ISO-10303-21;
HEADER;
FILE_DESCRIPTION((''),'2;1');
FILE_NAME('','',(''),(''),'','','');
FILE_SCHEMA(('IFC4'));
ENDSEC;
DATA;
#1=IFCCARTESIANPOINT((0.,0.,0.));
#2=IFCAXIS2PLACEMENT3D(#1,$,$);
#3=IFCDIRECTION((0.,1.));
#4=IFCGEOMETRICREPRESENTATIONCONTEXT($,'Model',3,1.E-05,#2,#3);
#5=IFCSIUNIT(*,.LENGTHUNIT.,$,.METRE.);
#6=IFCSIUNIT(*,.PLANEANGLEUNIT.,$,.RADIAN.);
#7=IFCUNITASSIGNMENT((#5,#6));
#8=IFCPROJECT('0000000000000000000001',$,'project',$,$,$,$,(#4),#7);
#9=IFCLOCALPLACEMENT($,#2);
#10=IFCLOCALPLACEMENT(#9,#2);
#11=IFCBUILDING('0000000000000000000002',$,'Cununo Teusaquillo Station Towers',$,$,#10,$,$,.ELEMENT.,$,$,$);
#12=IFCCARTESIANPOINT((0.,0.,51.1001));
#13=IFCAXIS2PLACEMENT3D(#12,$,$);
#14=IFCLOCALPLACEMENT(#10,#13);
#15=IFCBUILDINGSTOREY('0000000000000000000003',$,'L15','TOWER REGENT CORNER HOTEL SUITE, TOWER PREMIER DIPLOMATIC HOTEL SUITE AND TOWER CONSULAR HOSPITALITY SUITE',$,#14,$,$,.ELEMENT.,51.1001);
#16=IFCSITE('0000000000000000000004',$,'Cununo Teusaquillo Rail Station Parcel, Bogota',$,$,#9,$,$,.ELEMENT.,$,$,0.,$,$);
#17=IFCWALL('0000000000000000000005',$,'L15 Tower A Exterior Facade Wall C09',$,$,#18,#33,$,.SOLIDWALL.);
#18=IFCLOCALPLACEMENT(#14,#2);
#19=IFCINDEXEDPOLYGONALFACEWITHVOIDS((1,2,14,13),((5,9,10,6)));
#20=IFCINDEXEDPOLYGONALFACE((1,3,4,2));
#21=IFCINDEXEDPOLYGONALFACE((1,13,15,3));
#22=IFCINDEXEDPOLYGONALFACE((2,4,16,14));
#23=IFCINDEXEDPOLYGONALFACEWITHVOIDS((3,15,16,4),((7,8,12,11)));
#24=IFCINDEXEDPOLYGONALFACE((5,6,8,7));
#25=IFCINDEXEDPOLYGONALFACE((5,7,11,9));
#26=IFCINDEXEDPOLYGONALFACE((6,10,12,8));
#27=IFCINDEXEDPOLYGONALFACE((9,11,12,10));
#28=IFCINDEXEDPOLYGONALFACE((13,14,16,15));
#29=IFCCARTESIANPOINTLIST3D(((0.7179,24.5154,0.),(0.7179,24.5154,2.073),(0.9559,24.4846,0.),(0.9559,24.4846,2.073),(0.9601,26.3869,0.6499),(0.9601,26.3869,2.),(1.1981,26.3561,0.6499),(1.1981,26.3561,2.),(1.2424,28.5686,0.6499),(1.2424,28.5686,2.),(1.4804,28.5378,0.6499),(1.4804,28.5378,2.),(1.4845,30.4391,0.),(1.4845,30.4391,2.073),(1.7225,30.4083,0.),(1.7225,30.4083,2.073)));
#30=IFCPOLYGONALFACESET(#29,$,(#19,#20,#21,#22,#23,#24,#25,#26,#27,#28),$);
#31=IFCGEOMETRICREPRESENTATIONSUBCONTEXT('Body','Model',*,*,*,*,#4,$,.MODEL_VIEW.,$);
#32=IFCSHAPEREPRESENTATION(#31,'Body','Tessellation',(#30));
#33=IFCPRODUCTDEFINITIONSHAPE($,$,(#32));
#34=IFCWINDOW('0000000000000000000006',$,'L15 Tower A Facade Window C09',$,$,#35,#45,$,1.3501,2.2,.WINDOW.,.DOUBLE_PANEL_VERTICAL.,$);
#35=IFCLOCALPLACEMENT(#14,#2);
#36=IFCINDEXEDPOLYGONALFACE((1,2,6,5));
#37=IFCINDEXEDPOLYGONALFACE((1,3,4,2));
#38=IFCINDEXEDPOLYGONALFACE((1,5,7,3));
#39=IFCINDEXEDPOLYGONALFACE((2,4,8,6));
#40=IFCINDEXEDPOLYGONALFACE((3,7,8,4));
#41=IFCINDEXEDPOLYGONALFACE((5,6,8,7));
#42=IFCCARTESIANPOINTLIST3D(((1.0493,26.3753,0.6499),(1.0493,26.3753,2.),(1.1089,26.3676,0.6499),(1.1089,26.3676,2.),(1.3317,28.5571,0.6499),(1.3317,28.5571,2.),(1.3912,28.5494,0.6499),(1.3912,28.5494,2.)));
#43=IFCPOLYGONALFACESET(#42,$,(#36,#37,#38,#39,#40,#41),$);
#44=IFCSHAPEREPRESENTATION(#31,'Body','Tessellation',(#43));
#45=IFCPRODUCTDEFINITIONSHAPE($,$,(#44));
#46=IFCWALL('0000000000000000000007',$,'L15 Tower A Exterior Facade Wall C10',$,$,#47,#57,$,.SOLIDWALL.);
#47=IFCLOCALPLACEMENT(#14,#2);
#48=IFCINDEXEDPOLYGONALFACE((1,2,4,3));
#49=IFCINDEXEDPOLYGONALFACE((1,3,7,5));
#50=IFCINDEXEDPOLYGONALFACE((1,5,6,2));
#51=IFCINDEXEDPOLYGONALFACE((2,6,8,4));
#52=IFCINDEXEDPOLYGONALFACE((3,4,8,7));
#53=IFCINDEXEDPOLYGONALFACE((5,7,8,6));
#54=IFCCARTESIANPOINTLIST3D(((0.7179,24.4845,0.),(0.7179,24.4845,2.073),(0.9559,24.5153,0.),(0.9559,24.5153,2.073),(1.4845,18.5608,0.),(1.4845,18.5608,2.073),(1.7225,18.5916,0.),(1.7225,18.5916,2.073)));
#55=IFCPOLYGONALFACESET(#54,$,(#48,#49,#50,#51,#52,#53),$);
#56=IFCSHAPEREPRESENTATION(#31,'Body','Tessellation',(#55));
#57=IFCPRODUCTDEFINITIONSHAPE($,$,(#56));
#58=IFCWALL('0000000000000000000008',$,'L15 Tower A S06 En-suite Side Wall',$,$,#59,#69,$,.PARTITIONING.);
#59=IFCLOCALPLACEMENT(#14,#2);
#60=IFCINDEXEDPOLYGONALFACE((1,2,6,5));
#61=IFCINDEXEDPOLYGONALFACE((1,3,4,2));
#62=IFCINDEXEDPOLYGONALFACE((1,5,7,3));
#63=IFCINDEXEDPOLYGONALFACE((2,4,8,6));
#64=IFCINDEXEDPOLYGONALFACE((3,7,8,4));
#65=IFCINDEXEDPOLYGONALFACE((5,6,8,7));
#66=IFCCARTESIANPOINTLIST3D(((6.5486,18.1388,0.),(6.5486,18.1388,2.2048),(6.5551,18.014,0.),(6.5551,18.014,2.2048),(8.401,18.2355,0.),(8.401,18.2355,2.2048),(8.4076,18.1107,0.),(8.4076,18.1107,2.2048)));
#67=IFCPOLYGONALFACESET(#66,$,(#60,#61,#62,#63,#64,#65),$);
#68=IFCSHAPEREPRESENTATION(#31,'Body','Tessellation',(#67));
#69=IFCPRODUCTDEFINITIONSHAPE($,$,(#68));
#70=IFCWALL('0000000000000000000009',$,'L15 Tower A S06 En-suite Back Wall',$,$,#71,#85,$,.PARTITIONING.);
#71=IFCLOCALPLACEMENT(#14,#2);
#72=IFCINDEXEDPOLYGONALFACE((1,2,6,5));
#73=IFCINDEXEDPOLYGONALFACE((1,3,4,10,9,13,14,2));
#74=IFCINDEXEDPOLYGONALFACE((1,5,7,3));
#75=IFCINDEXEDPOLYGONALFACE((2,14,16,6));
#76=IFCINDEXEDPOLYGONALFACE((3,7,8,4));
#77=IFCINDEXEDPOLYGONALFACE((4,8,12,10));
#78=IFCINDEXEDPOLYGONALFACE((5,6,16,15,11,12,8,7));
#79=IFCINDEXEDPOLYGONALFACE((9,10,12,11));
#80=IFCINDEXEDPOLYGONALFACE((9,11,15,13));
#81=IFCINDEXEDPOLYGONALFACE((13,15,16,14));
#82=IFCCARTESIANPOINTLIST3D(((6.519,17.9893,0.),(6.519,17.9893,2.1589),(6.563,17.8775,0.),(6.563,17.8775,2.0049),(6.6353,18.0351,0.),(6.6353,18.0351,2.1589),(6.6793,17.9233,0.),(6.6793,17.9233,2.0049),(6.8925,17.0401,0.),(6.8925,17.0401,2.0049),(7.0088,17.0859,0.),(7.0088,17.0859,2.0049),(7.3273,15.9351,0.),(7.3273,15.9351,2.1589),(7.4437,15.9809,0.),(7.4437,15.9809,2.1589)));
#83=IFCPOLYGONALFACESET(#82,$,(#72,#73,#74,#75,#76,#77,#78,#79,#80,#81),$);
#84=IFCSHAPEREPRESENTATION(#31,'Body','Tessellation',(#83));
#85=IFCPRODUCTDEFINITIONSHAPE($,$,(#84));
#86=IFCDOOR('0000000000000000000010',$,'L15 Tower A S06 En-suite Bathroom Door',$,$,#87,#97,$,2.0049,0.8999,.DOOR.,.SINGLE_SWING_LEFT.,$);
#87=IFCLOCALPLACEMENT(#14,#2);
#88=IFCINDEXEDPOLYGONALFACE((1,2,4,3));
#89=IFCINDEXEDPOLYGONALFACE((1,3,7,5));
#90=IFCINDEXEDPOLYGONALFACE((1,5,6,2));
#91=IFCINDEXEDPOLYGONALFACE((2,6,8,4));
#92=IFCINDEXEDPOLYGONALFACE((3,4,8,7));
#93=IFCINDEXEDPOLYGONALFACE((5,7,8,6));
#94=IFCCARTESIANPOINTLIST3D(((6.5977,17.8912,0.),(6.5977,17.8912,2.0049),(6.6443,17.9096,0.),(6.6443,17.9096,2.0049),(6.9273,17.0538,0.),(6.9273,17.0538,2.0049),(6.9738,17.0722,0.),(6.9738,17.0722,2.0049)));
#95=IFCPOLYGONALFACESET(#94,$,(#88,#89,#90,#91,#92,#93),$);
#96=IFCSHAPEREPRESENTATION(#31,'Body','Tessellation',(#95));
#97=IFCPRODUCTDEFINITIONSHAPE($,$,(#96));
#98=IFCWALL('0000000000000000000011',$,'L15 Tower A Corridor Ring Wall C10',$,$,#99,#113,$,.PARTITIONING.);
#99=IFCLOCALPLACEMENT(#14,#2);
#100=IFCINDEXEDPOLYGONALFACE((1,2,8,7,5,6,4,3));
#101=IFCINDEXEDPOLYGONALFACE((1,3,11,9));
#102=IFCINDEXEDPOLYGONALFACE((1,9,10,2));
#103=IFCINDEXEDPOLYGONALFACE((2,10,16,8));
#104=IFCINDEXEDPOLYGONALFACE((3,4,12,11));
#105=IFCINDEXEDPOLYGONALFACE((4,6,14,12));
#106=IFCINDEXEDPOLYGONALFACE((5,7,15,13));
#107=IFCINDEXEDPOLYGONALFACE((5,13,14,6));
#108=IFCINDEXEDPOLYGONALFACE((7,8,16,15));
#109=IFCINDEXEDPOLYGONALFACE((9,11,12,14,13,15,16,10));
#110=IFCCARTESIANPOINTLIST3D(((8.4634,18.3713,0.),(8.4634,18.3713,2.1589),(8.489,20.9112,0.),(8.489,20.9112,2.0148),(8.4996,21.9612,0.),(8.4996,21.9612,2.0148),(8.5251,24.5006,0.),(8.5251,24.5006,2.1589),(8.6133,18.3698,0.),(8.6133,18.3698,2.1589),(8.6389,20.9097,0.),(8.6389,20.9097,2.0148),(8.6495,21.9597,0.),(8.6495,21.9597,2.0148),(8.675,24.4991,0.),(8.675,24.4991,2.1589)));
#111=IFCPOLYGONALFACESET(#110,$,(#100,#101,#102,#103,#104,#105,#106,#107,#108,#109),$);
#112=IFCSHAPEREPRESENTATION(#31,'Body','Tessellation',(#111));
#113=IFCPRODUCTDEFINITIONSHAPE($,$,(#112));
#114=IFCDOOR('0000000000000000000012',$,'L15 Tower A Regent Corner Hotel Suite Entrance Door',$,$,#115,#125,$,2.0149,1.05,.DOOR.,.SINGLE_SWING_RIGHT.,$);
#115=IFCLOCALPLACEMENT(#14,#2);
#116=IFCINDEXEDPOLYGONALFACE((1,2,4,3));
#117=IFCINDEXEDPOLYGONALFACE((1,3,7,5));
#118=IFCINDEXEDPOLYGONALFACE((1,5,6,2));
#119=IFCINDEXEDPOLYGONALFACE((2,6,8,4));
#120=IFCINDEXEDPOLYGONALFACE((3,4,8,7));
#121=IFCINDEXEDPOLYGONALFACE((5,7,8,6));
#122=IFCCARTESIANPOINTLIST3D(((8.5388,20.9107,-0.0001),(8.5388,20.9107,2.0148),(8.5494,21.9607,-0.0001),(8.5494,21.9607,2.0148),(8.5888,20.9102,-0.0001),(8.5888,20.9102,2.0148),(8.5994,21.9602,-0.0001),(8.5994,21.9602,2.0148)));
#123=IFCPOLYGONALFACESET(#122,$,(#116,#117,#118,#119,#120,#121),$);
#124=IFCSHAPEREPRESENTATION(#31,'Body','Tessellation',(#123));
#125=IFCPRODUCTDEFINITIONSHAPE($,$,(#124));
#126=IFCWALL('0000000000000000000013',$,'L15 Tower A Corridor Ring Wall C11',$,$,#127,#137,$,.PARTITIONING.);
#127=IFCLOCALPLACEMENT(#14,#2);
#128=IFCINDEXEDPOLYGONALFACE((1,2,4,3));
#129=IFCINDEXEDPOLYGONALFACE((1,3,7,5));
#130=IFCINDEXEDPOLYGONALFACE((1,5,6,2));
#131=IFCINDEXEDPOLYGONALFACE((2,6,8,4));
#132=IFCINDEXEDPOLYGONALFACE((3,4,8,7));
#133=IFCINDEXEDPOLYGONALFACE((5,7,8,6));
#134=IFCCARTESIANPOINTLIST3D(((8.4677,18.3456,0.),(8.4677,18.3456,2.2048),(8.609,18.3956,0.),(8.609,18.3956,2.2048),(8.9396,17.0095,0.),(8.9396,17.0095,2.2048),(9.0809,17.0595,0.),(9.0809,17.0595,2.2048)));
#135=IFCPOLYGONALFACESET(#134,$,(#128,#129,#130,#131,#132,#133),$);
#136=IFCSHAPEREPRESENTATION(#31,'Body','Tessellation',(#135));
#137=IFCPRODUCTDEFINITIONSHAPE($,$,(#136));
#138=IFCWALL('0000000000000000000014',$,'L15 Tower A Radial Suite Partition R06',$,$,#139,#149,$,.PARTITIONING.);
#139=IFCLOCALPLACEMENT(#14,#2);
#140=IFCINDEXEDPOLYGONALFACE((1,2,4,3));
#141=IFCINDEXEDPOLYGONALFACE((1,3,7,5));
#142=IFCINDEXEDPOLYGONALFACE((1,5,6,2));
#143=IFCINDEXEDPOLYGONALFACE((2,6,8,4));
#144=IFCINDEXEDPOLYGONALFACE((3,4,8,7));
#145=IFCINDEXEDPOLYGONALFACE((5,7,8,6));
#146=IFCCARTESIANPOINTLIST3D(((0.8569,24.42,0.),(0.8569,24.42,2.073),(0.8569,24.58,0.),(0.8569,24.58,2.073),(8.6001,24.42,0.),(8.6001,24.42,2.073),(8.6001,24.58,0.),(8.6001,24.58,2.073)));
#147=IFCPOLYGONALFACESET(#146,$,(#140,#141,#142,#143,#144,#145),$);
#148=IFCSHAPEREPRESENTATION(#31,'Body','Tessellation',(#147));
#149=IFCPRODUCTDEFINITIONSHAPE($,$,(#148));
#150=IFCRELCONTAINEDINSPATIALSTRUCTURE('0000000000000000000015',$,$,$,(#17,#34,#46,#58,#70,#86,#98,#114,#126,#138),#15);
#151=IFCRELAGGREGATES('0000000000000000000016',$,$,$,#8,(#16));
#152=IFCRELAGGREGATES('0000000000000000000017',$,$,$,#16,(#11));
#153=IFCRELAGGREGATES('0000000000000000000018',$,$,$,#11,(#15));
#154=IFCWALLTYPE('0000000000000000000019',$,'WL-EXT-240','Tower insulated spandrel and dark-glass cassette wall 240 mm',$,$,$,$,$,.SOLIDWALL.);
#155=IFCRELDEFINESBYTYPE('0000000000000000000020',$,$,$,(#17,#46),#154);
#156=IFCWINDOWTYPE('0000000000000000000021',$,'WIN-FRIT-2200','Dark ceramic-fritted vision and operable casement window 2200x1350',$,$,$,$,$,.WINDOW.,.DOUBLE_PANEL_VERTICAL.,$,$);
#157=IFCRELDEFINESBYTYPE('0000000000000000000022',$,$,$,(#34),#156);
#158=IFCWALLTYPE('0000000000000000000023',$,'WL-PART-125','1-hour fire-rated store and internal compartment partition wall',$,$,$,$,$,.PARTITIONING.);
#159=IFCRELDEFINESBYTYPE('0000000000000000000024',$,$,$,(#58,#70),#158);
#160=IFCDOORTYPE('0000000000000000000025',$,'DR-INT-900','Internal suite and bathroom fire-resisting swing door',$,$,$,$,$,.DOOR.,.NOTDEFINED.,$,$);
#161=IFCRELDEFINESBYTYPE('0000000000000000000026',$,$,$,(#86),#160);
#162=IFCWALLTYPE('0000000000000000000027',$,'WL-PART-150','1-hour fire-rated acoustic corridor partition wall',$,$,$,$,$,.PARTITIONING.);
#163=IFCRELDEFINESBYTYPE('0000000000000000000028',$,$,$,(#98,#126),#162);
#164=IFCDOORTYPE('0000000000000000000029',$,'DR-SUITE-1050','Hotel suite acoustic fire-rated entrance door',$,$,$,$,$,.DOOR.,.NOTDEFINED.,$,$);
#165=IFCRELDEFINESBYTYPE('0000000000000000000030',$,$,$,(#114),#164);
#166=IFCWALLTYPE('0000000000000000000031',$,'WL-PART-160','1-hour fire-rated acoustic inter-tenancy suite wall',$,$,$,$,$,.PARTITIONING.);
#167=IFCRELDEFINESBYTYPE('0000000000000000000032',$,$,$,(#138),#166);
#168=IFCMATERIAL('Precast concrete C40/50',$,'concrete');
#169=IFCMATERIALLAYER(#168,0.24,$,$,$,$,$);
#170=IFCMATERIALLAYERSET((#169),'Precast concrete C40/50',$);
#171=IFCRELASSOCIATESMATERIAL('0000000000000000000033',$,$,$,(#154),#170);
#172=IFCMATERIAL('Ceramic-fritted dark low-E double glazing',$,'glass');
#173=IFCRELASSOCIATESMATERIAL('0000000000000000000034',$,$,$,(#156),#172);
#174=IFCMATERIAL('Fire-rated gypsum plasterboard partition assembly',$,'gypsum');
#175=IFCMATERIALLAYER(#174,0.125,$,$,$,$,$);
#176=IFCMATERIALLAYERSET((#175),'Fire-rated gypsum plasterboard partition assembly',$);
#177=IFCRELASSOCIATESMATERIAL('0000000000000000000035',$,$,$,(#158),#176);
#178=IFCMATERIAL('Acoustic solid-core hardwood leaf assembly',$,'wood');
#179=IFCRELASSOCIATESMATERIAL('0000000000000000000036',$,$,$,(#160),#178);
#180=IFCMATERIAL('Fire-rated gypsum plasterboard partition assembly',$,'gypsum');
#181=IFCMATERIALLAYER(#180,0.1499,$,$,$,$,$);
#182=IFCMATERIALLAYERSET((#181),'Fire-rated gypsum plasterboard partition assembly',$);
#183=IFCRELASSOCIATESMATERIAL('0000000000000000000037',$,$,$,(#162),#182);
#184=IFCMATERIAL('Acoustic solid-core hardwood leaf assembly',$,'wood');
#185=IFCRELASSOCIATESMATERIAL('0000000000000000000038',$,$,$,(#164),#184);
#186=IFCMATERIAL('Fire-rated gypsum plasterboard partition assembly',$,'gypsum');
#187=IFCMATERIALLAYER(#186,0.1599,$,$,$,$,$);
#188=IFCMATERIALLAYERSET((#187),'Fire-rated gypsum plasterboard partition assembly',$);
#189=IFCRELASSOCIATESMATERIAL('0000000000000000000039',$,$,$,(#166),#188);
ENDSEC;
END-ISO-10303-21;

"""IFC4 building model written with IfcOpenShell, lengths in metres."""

from ifc_helpers import new_model, si_unit, direction, frame, frame_2d, origin, place, context, subcontext, project, spatial, rectangle, extrude, source, transform, mapped, material, layer, layer_set, type_object, element, fill, save


model = new_model("IFC4")

# Units and contexts
model_context = context("Model", 3, precision=1e-05, world=origin(), true_north=direction((0.0, 1.0)))
body_context = subcontext(model_context, "Body", "Model", "MODEL_VIEW")
ifc_project = project(units=[si_unit("LENGTHUNIT", "METRE"), si_unit("PLANEANGLEUNIT", "RADIAN")], contexts=[model_context])

# Site, building, storey
site_placement = place(None, origin())
site = spatial("IfcSite", under=ifc_project, at=site_placement, Name="Cununo Teusaquillo Rail Station Parcel, Bogota", CompositionType="ELEMENT", RefElevation=0.0)
building_placement = place(site_placement, origin())
building = spatial("IfcBuilding", under=site, at=building_placement, Name="Cununo Teusaquillo Station Towers", CompositionType="ELEMENT")
storey_placement = place(building_placement, frame((0.0, 0.0, 51.1001)))
storey = spatial("IfcBuildingStorey", under=building, at=storey_placement, Name="L15", Description="TOWER REGENT CORNER HOTEL SUITE, TOWER PREMIER DIPLOMATIC HOTEL SUITE AND TOWER CONSULAR HOSPITALITY SUITE", CompositionType="ELEMENT", Elevation=51.1001)

# Wall, opening, window
ifc_material_1 = material(Name="Precast concrete C40/50", Category="concrete")
ifc_layer_1 = layer(ifc_material_1, 0.24)
ifc_layer_set_1 = layer_set([ifc_layer_1], Name="Precast concrete C40/50")
wall_type_1 = type_object("IfcWallType", Name="WL-EXT-240", Description="Tower insulated spandrel and dark-glass cassette wall 240 mm", PredefinedType="SOLIDWALL", material=ifc_layer_set_1)
wall_1_placement = place(storey_placement, frame((0.8369, 24.5, 0.0), z_axis=(0.0, 0.0, 1.0), x_axis=(0.12834, 0.99173, 0.0)))
wall_1 = element("IfcWall", 1, at=wall_1_placement, inside=storey, type_object=wall_type_1, Name="L15 Tower A Exterior Facade Wall C09", PredefinedType="SOLIDWALL", context=body_context, shape_type="SweptSolid", body=[
    extrude(rectangle(XDim=5.9731, YDim=0.24, at=frame_2d((2.9866, 0.0))), origin(), (0.0, 0.0, 1.0), 2.073),
])
shared_shape_1 = source(origin(), body_context, "Body", "SweptSolid", [
    extrude(rectangle(XDim=2.2, YDim=1.3501, at=frame_2d((1.1001, 0.675))), frame((0.0, 0.1299, 0.0), z_axis=(0.0, -1.0, 0.0), x_axis=(1.0, 0.0, 0.0)), (0.0, 0.0, 1.0), 0.26),
])
opening_1_placement = place(wall_1_placement, frame((1.887, 0.0, 0.6499)))
opening_1 = element("IfcOpeningElement", 2, at=opening_1_placement, cuts=wall_1, PredefinedType="OPENING", context=body_context, shape_type="MappedRepresentation", body=[
    mapped(shared_shape_1, transform((0.0, 0.0, 0.0), x_axis=(1.0, 0.0, 0.0), y_axis=(0.0, 1.0, 0.0), z_axis=(0.0, 0.0, 1.0), scale=1.0)),
])
ifc_material_2 = material(Name="Ceramic-fritted dark low-E double glazing", Category="glass")
window_type = type_object("IfcWindowType", Name="WIN-FRIT-2200", Description="Dark ceramic-fritted vision and operable casement window 2200x1350", PartitioningType="DOUBLE_PANEL_VERTICAL", PredefinedType="WINDOW", material=ifc_material_2)
shared_shape_2 = source(origin(), body_context, "Body", "SweptSolid", [
    extrude(rectangle(XDim=2.2, YDim=1.3501, at=frame_2d((1.1001, 0.675))), frame((0.0, 0.03, 0.0), z_axis=(0.0, -1.0, 0.0), x_axis=(1.0, 0.0, 0.0)), (0.0, 0.0, 1.0), 0.0601),
])
window_placement = place(opening_1_placement, origin())
window = element("IfcWindow", 3, at=window_placement, inside=storey, type_object=window_type, Name="L15 Tower A Facade Window C09", OverallHeight=1.3501, OverallWidth=2.2, PartitioningType="DOUBLE_PANEL_VERTICAL", PredefinedType="WINDOW", context=body_context, shape_type="MappedRepresentation", body=[
    mapped(shared_shape_2, transform((0.0, 0.0, 0.0), x_axis=(1.0, 0.0, 0.0), y_axis=(0.0, 1.0, 0.0), z_axis=(0.0, 0.0, 1.0), scale=1.0)),
])
fill(opening_1, window)

# Walls
wall_2_placement = place(storey_placement, frame((1.6035, 18.5762, 0.0), z_axis=(0.0, 0.0, 1.0), x_axis=(-0.12834, 0.99173, 0.0)))
element("IfcWall", 4, at=wall_2_placement, inside=storey, type_object=wall_type_1, Name="L15 Tower A Exterior Facade Wall C10", PredefinedType="SOLIDWALL", context=body_context, shape_type="SweptSolid", body=[
    extrude(rectangle(XDim=5.9731, YDim=0.24, at=frame_2d((2.9866, 0.0))), origin(), (0.0, 0.0, 1.0), 2.073),
])
ifc_material_3 = material(Name="Fire-rated gypsum plasterboard partition assembly", Category="gypsum")
ifc_layer_2 = layer(ifc_material_3, 0.125)
ifc_layer_set_2 = layer_set([ifc_layer_2], Name="Fire-rated gypsum plasterboard partition assembly")
wall_type_2 = type_object("IfcWallType", Name="WL-PART-125", Description="1-hour fire-rated store and internal compartment partition wall", PredefinedType="PARTITIONING", material=ifc_layer_set_2)
wall_3_placement = place(storey_placement, frame((8.4043, 18.1731, 0.0), z_axis=(0.0, 0.0, 1.0), x_axis=(-0.998641, -0.052117, 0.0)))
element("IfcWall", 5, at=wall_3_placement, inside=storey, type_object=wall_type_2, Name="L15 Tower A S06 En-suite Side Wall", PredefinedType="PARTITIONING", context=body_context, shape_type="SweptSolid", body=[
    extrude(rectangle(XDim=1.855, YDim=0.125, at=frame_2d((0.9275, 0.0))), origin(), (0.0, 0.0, 1.0), 2.2048),
])

# Walls, openings, doors
wall_4_placement = place(storey_placement, frame((6.5771, 18.0122, 0.0), z_axis=(0.0, 0.0, 1.0), x_axis=(0.366179, -0.930544, 0.0)))
wall_4 = element("IfcWall", 6, at=wall_4_placement, inside=storey, type_object=wall_type_2, Name="L15 Tower A S06 En-suite Back Wall", PredefinedType="PARTITIONING", context=body_context, shape_type="SweptSolid", body=[
    extrude(rectangle(XDim=2.2075, YDim=0.125, at=frame_2d((1.1038, 0.0))), origin(), (0.0, 0.0, 1.0), 2.1589),
])
shared_shape_3 = source(origin(), body_context, "Body", "SweptSolid", [
    extrude(rectangle(XDim=0.8999, YDim=2.0049, at=frame_2d((0.45, 1.0024))), frame((0.0, 0.0725, 0.0), z_axis=(0.0, -1.0, 0.0), x_axis=(1.0, 0.0, 0.0)), (0.0, 0.0, 1.0), 0.145),
])
opening_2_placement = place(wall_4_placement, frame((0.1201, 0.0, 0.0)))
opening_2 = element("IfcOpeningElement", 7, at=opening_2_placement, cuts=wall_4, PredefinedType="OPENING", context=body_context, shape_type="MappedRepresentation", body=[
    mapped(shared_shape_3, transform((0.0, 0.0, 0.0), x_axis=(1.0, 0.0, 0.0), y_axis=(0.0, 1.0, 0.0), z_axis=(0.0, 0.0, 1.0), scale=1.0)),
])
ifc_material_4 = material(Name="Acoustic solid-core hardwood leaf assembly", Category="wood")
door_type_1 = type_object("IfcDoorType", Name="DR-INT-900", Description="Internal suite and bathroom fire-resisting swing door", OperationType="NOTDEFINED", PredefinedType="DOOR", material=ifc_material_4)
shared_shape_4 = source(origin(), body_context, "Body", "SweptSolid", [
    extrude(rectangle(XDim=0.8999, YDim=2.0049, at=frame_2d((0.45, 1.0024))), frame((0.0, 0.0249, 0.0), z_axis=(0.0, -1.0, 0.0), x_axis=(1.0, 0.0, 0.0)), (0.0, 0.0, 1.0), 0.05),
])
door_1_placement = place(opening_2_placement, origin())
door_1 = element("IfcDoor", 8, at=door_1_placement, inside=storey, type_object=door_type_1, Name="L15 Tower A S06 En-suite Bathroom Door", OperationType="SINGLE_SWING_LEFT", OverallHeight=2.0049, OverallWidth=0.8999, PredefinedType="DOOR", context=body_context, shape_type="MappedRepresentation", body=[
    mapped(shared_shape_4, transform((0.0, 0.0, 0.0), x_axis=(1.0, 0.0, 0.0), y_axis=(0.0, 1.0, 0.0), z_axis=(0.0, 0.0, 1.0), scale=1.0)),
])
fill(opening_2, door_1)
ifc_material_5 = material(Name="Fire-rated gypsum plasterboard partition assembly", Category="gypsum")
ifc_layer_3 = layer(ifc_material_5, 0.1499)
ifc_layer_set_3 = layer_set([ifc_layer_3], Name="Fire-rated gypsum plasterboard partition assembly")
wall_type_3 = type_object("IfcWallType", Name="WL-PART-150", Description="1-hour fire-rated acoustic corridor partition wall", PredefinedType="PARTITIONING", material=ifc_layer_set_3)
wall_5_placement = place(storey_placement, frame((8.6001, 24.5, 0.0), z_axis=(0.0, 0.0, 1.0), x_axis=(-0.010077, -0.999949, 0.0)))
wall_5 = element("IfcWall", 9, at=wall_5_placement, inside=storey, type_object=wall_type_3, Name="L15 Tower A Corridor Ring Wall C10", PredefinedType="PARTITIONING", context=body_context, shape_type="SweptSolid", body=[
    extrude(rectangle(XDim=6.1296, YDim=0.1499, at=frame_2d((3.0649, 0.0))), origin(), (0.0, 0.0, 1.0), 2.1589),
])
shared_shape_5 = source(origin(), body_context, "Body", "SweptSolid", [
    extrude(rectangle(XDim=1.05, YDim=2.0149, at=frame_2d((0.5249, 1.0073))), frame((0.0, 0.085, 0.0), z_axis=(0.0, -1.0, 0.0), x_axis=(1.0, 0.0, 0.0)), (0.0, 0.0, 1.0), 0.1699),
])
opening_3_placement = place(wall_5_placement, frame((2.5398, 0.0, 0.0)))
opening_3 = element("IfcOpeningElement", 10, at=opening_3_placement, cuts=wall_5, PredefinedType="OPENING", context=body_context, shape_type="MappedRepresentation", body=[
    mapped(shared_shape_5, transform((0.0, 0.0, 0.0), x_axis=(1.0, 0.0, 0.0), y_axis=(0.0, 1.0, 0.0), z_axis=(0.0, 0.0, 1.0), scale=1.0)),
])
ifc_material_6 = material(Name="Acoustic solid-core hardwood leaf assembly", Category="wood")
door_type_2 = type_object("IfcDoorType", Name="DR-SUITE-1050", Description="Hotel suite acoustic fire-rated entrance door", OperationType="NOTDEFINED", PredefinedType="DOOR", material=ifc_material_6)
shared_shape_6 = source(origin(), body_context, "Body", "SweptSolid", [
    extrude(rectangle(XDim=1.05, YDim=2.0149, at=frame_2d((0.5249, 1.0073))), frame((0.0, 0.0249, 0.0), z_axis=(0.0, -1.0, 0.0), x_axis=(1.0, 0.0, 0.0)), (0.0, 0.0, 1.0), 0.05),
])
door_2_placement = place(opening_3_placement, origin())
door_2 = element("IfcDoor", 11, at=door_2_placement, inside=storey, type_object=door_type_2, Name="L15 Tower A Regent Corner Hotel Suite Entrance Door", OperationType="SINGLE_SWING_RIGHT", OverallHeight=2.0149, OverallWidth=1.05, PredefinedType="DOOR", context=body_context, shape_type="MappedRepresentation", body=[
    mapped(shared_shape_6, transform((0.0, 0.0, 0.0), x_axis=(1.0, 0.0, 0.0), y_axis=(0.0, 1.0, 0.0), z_axis=(0.0, 0.0, 1.0), scale=1.0)),
])
fill(opening_3, door_2)

# Walls
wall_6_placement = place(storey_placement, frame((8.5383, 18.3706, 0.0), z_axis=(0.0, 0.0, 1.0), x_axis=(0.333027, -0.942917, 0.0)))
element("IfcWall", 12, at=wall_6_placement, inside=storey, type_object=wall_type_3, Name="L15 Tower A Corridor Ring Wall C11", PredefinedType="PARTITIONING", context=body_context, shape_type="SweptSolid", body=[
    extrude(rectangle(XDim=1.417, YDim=0.1499, at=frame_2d((0.7085, 0.0))), origin(), (0.0, 0.0, 1.0), 2.2048),
])
ifc_material_7 = material(Name="Fire-rated gypsum plasterboard partition assembly", Category="gypsum")
ifc_layer_4 = layer(ifc_material_7, 0.1599)
ifc_layer_set_4 = layer_set([ifc_layer_4], Name="Fire-rated gypsum plasterboard partition assembly")
wall_type_4 = type_object("IfcWallType", Name="WL-PART-160", Description="1-hour fire-rated acoustic inter-tenancy suite wall", PredefinedType="PARTITIONING", material=ifc_layer_set_4)
wall_7_placement = place(storey_placement, frame((8.6001, 24.5, 0.0), z_axis=(0.0, 0.0, 1.0), x_axis=(-1.0, 0.0, 0.0)))
element("IfcWall", 13, at=wall_7_placement, inside=storey, type_object=wall_type_4, Name="L15 Tower A Radial Suite Partition R06", PredefinedType="PARTITIONING", context=body_context, shape_type="SweptSolid", body=[
    extrude(rectangle(XDim=7.7432, YDim=0.1599, at=frame_2d((3.8716, 0.0))), origin(), (0.0, 0.0, 1.0), 2.073),
])

save(model, "model.ifc")
